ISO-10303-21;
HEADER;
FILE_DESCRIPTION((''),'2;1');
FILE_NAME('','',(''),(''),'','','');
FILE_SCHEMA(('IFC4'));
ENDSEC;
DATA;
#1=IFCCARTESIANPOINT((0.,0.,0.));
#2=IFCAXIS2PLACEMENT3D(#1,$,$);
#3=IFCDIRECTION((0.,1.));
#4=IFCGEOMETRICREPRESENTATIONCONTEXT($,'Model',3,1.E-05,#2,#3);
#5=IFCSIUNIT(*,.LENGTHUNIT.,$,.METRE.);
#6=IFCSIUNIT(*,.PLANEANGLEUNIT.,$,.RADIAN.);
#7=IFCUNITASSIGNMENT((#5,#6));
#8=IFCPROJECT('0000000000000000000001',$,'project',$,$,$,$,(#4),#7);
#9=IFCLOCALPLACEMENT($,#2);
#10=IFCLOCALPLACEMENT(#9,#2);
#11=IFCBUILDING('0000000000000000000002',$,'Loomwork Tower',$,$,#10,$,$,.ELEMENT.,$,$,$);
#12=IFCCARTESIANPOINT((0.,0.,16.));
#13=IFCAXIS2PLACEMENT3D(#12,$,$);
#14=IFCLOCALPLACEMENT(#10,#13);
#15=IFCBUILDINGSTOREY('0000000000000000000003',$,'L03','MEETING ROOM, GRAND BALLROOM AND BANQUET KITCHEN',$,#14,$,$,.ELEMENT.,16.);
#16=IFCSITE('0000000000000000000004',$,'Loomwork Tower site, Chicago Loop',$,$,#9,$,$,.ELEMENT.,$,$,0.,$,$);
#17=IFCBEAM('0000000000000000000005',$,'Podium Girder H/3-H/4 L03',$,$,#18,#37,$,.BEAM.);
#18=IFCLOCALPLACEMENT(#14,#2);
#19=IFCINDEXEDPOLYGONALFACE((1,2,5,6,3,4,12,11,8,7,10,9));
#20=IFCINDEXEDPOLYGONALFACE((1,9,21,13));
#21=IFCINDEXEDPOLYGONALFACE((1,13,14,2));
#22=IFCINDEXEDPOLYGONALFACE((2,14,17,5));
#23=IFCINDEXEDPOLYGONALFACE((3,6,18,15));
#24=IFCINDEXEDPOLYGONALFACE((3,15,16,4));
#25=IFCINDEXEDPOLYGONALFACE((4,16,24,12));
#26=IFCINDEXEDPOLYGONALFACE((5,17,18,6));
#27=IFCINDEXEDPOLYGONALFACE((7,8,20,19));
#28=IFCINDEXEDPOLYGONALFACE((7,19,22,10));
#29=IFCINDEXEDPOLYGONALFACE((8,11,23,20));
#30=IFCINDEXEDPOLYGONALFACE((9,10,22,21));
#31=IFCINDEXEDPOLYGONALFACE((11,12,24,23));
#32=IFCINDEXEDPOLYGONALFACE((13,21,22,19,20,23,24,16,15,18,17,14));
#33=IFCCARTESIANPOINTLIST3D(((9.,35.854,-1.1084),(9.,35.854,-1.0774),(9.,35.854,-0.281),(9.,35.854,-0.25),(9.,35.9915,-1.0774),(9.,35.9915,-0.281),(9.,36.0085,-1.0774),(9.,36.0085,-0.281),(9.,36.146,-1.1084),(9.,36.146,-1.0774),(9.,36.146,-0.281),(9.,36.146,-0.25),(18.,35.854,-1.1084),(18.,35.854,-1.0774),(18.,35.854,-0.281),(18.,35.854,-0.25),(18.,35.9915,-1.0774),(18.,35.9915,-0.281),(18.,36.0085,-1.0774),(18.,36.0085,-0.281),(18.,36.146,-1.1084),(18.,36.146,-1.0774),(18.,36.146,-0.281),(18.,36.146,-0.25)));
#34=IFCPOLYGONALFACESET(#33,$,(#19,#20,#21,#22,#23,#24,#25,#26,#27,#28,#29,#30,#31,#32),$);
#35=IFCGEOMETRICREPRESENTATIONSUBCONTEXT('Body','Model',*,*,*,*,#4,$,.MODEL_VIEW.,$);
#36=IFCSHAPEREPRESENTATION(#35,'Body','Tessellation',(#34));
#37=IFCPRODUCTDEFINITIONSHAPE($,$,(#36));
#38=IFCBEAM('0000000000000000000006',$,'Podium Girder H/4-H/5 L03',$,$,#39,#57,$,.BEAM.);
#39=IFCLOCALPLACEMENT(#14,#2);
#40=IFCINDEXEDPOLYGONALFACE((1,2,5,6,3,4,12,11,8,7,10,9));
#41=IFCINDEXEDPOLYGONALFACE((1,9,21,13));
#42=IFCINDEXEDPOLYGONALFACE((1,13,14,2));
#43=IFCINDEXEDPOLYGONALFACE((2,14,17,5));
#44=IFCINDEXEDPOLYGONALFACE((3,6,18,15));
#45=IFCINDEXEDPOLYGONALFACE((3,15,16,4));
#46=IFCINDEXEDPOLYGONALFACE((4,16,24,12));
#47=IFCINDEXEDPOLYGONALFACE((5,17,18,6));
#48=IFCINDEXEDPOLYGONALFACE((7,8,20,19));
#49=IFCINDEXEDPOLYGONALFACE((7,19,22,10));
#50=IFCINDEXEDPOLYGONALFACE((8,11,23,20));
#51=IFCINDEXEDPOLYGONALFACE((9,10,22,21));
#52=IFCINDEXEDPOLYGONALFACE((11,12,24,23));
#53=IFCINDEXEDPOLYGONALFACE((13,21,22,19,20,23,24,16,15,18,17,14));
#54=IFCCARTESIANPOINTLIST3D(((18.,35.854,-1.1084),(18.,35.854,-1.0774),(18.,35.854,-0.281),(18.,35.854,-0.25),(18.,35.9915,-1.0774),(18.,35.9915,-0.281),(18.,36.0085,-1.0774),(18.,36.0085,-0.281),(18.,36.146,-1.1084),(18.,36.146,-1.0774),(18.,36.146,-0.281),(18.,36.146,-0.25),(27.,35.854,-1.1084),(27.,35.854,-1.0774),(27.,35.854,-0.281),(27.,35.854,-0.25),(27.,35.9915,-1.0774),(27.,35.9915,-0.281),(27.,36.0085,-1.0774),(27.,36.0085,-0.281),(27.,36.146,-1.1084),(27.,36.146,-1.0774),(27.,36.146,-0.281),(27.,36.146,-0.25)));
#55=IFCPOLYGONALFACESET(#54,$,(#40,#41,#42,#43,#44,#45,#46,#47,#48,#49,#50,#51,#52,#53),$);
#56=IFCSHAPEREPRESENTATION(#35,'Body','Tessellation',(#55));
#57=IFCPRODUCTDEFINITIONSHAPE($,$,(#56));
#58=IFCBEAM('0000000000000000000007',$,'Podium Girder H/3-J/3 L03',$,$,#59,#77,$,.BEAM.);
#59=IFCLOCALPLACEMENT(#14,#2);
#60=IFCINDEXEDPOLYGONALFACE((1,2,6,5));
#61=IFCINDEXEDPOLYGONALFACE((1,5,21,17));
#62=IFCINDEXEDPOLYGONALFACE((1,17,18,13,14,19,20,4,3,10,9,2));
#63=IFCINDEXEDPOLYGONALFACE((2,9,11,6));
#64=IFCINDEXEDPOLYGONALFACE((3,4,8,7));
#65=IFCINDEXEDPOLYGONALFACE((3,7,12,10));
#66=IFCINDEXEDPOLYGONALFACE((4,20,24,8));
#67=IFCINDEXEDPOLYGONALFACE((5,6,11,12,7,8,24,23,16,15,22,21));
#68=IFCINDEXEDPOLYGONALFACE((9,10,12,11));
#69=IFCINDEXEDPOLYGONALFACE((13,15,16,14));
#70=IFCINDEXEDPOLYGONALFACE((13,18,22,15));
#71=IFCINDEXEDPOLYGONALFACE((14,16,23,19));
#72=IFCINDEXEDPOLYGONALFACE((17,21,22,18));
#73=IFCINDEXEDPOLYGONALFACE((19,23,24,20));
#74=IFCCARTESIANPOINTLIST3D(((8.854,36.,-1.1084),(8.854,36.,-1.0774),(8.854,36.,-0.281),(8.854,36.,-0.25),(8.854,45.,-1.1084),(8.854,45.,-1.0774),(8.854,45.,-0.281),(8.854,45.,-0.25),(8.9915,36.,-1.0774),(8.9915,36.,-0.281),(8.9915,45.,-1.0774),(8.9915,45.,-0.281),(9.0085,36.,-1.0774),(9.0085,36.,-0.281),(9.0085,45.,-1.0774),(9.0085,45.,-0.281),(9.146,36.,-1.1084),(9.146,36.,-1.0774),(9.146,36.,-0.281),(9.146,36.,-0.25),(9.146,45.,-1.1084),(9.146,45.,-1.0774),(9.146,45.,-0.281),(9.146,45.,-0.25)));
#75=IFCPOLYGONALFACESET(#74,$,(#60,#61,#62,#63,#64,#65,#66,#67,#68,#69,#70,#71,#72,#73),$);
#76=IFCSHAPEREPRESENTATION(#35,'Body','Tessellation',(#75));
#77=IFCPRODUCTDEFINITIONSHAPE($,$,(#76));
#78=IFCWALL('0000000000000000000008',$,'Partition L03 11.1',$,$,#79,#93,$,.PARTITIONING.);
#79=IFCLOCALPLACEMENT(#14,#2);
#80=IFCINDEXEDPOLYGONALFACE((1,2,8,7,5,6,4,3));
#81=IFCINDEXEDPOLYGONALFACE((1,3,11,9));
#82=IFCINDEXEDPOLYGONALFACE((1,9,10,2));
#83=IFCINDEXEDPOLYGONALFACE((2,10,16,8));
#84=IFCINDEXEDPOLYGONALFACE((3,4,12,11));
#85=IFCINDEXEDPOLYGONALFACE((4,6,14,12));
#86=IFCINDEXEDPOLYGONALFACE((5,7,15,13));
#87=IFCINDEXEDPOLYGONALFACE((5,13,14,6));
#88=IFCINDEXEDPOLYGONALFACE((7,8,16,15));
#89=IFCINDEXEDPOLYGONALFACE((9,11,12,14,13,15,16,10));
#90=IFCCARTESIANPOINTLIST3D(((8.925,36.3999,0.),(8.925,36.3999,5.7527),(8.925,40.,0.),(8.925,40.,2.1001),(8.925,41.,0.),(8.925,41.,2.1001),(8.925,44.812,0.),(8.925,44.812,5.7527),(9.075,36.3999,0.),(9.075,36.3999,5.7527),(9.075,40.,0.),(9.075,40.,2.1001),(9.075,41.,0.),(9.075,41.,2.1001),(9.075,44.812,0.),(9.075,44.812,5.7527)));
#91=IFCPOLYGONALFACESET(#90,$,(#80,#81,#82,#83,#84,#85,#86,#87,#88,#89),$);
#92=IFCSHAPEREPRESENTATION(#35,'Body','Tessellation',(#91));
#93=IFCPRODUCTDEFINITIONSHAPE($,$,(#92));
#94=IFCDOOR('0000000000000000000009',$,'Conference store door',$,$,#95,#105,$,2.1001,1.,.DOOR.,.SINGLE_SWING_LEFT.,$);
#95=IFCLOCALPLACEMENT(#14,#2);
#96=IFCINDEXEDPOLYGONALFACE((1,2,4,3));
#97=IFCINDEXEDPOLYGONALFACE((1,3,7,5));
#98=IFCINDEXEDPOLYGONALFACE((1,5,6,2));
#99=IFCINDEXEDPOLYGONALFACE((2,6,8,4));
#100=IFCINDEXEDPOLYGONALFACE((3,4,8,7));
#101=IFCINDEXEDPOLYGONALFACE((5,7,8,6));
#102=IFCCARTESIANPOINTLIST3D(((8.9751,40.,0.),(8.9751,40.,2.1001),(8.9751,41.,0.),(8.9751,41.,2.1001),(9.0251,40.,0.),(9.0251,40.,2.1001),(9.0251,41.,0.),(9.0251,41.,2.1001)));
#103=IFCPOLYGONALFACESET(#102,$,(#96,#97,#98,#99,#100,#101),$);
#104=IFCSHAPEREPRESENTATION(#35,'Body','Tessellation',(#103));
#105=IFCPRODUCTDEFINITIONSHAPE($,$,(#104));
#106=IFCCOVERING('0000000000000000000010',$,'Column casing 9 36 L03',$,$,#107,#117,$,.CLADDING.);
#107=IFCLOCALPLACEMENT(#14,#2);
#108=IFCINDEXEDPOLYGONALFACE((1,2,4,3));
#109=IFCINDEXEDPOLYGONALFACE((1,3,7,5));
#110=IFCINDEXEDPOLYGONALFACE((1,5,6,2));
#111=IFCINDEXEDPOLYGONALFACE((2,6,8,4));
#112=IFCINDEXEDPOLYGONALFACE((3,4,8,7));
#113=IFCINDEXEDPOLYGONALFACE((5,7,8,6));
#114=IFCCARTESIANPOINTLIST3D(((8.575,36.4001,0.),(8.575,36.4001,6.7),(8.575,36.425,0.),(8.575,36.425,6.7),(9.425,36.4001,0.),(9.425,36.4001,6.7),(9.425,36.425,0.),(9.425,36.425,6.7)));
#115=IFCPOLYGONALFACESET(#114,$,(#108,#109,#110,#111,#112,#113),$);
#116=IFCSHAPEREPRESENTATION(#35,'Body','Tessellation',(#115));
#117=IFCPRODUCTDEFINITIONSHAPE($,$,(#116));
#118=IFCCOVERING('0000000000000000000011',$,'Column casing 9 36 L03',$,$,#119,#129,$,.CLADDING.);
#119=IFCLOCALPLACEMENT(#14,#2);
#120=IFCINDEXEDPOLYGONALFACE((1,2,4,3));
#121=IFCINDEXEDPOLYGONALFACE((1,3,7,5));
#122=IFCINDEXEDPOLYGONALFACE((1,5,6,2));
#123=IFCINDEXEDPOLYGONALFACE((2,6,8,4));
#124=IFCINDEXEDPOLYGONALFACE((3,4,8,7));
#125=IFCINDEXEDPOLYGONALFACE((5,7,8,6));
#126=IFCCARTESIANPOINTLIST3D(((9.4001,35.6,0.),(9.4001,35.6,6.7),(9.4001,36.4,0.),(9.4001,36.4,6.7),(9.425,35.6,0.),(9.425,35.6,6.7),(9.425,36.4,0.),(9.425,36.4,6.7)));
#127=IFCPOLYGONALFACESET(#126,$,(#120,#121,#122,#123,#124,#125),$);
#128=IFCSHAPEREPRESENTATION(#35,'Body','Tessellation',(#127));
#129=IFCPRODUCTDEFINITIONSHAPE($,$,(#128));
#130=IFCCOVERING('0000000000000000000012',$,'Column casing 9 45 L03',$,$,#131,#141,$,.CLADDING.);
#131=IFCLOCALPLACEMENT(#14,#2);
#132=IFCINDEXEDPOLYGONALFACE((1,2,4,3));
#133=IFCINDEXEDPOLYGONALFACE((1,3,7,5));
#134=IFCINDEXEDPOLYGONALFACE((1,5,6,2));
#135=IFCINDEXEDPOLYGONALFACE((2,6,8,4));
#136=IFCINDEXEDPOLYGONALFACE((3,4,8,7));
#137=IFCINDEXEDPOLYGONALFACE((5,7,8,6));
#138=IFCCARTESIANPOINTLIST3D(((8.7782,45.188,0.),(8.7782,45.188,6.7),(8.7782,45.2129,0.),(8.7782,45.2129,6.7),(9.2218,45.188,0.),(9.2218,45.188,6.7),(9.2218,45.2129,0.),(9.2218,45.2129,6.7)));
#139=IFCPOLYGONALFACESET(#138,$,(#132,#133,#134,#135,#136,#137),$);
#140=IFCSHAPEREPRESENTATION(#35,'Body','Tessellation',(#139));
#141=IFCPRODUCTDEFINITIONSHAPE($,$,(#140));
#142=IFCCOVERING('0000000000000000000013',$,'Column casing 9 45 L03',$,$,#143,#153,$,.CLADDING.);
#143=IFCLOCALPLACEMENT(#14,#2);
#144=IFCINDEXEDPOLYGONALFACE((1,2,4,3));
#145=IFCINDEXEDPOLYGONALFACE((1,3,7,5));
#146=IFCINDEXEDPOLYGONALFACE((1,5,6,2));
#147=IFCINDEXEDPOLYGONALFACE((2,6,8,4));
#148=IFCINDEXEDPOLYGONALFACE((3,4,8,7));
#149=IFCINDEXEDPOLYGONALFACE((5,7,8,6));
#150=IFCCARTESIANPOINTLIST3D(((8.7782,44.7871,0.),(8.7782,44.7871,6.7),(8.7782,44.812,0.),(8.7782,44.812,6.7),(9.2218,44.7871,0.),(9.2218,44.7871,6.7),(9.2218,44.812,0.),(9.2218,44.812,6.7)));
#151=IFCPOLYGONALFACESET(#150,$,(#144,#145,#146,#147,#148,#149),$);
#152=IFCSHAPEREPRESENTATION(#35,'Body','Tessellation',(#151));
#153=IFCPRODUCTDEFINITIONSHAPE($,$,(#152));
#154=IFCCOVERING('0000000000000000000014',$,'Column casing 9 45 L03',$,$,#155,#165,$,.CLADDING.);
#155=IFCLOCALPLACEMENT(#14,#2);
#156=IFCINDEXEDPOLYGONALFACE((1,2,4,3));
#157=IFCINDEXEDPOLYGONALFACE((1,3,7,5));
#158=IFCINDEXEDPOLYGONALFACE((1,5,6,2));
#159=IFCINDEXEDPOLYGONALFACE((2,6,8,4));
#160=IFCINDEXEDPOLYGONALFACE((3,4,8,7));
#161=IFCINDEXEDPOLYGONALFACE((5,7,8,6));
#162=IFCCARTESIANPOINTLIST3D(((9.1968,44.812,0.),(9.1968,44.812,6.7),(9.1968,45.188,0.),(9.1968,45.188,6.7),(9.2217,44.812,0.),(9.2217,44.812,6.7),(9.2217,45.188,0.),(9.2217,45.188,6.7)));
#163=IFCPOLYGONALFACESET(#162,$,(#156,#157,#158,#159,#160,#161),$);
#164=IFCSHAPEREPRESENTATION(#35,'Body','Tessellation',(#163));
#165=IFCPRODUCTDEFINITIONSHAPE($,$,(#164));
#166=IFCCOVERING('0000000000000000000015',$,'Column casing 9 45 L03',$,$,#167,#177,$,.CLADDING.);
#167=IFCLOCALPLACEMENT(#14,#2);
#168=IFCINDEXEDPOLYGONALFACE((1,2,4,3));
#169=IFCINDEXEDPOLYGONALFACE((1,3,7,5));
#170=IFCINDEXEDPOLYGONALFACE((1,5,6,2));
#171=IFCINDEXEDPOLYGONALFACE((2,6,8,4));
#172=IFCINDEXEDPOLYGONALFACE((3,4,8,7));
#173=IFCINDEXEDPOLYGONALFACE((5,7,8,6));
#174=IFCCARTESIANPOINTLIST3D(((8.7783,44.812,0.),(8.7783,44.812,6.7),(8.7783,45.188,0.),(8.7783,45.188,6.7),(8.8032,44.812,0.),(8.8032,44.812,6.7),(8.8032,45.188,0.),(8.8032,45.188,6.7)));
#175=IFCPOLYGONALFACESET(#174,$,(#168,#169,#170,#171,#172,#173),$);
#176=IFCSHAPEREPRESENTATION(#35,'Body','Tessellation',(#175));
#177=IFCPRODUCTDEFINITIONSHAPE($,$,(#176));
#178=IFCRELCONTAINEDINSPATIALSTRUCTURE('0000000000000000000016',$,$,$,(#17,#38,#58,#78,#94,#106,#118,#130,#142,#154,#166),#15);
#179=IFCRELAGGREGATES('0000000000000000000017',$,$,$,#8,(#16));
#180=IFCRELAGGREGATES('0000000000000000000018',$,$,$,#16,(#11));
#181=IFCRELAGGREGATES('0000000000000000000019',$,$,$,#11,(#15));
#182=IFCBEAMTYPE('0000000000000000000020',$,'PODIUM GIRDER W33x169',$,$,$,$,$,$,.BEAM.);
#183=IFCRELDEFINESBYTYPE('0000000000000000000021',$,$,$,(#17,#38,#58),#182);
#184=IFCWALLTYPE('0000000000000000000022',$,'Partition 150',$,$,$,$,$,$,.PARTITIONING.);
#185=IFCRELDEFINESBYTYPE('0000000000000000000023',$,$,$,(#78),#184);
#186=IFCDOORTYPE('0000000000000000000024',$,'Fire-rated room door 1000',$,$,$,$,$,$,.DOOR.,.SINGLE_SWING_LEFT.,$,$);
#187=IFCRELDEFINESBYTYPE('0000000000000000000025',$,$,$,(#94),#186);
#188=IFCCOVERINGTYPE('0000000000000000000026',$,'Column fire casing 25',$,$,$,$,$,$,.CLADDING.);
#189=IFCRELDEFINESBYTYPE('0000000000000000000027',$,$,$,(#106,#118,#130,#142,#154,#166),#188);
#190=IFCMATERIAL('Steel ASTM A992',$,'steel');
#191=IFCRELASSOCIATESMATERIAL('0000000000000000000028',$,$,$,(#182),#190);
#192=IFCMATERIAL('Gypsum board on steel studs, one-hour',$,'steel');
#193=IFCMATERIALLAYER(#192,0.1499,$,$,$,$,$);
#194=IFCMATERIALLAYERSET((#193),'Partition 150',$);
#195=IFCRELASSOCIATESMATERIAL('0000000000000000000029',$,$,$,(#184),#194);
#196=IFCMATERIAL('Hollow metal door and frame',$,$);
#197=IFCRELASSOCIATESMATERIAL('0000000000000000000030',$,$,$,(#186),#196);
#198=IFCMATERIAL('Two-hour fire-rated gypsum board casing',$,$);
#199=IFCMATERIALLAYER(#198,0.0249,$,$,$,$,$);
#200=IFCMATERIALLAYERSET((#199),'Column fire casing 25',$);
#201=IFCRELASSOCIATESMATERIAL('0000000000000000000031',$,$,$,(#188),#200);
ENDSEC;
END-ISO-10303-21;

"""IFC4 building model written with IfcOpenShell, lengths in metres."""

from ifc_helpers import new_model, si_unit, direction, frame, frame_2d, origin, origin_2d, place, context, subcontext, project, spatial, rectangle, i_section, extrude, material, layer, layer_set, material_profile, profile_set, type_object, element, fill, save


model = new_model("IFC4")

# Units and contexts
model_context = context("Model", 3, precision=1e-05, world=origin(), true_north=direction((0.0, 1.0)))
body_context = subcontext(model_context, "Body", "Model", "MODEL_VIEW")
ifc_project = project(units=[si_unit("LENGTHUNIT", "METRE"), si_unit("PLANEANGLEUNIT", "RADIAN")], contexts=[model_context])

# Site, building, storey
site_placement = place(None, origin())
site = spatial("IfcSite", under=ifc_project, at=site_placement, Name="Loomwork Tower site, Chicago Loop", CompositionType="ELEMENT", RefElevation=0.0)
building_placement = place(site_placement, origin())
building = spatial("IfcBuilding", under=site, at=building_placement, Name="Loomwork Tower", CompositionType="ELEMENT")
storey_placement = place(building_placement, frame((0.0, 0.0, 16.0)))
storey = spatial("IfcBuildingStorey", under=building, at=storey_placement, Name="L03", Description="MEETING ROOM, GRAND BALLROOM AND BANQUET KITCHEN", CompositionType="ELEMENT", Elevation=16.0)

# Beams
ifc_material_1 = material(Name="Steel ASTM A992", Category="steel")
ifc_material_profile_1 = material_profile(ifc_material_1, i_section(OverallWidth=0.292, OverallDepth=0.8584, WebThickness=0.0171, FlangeThickness=0.031, at=origin_2d()), Name="W33x169")
ifc_profile_set_1 = profile_set([ifc_material_profile_1], Name="Steel ASTM A992")
beam_type_1 = type_object("IfcBeamType", Name="PODIUM GIRDER W33x169", PredefinedType="BEAM", material=ifc_profile_set_1)
for number, where, z_axis, x_axis, name in (
    (1, (9.0, 36.0, -0.6792), (1.0, 0.0, 0.0), (0.0, 1.0, 0.0), "Podium Girder H/3-H/4 L03"),
    (2, (18.0, 36.0, -0.6792), (1.0, 0.0, 0.0), (0.0, 1.0, 0.0), "Podium Girder H/4-H/5 L03"),
    (3, (9.0, 36.0, -0.6792), (0.0, 1.0, 0.0), (-1.0, 0.0, 0.0), "Podium Girder H/3-J/3 L03"),
):
    element("IfcBeam", number, at=place(storey_placement, frame(where, z_axis=z_axis, x_axis=x_axis)), inside=storey, type_object=beam_type_1, Name=name, PredefinedType="BEAM", context=body_context, shape_type="SweptSolid", body=[
        extrude(i_section(OverallWidth=0.292, OverallDepth=0.8584, WebThickness=0.0171, FlangeThickness=0.031, at=origin_2d()), origin(), (0.0, 0.0, 1.0), 9.0),
    ])

# Wall, opening, door
ifc_material_2 = material(Name="Gypsum board on steel studs, one-hour", Category="steel")
ifc_layer_1 = layer(ifc_material_2, 0.1499)
ifc_layer_set_1 = layer_set([ifc_layer_1], Name="Partition 150")
wall_type = type_object("IfcWallType", Name="Partition 150", PredefinedType="PARTITIONING", material=ifc_layer_set_1)
wall_placement = place(storey_placement, frame((9.0, 44.812, 0.0), z_axis=(0.0, 0.0, 1.0), x_axis=(0.0, -1.0, 0.0)))
wall = element("IfcWall", 4, at=wall_placement, inside=storey, type_object=wall_type, Name="Partition L03 11.1", PredefinedType="PARTITIONING", context=body_context, shape_type="SweptSolid", body=[
    extrude(rectangle(XDim=8.4121, YDim=0.1499, at=frame_2d((4.2061, 0.0))), origin(), (0.0, 0.0, 1.0), 5.7527),
])
opening_placement = place(wall_placement, frame((3.812, 0.0, 0.0)))
opening = element("IfcOpeningElement", 5, at=opening_placement, cuts=wall, PredefinedType="OPENING", context=body_context, shape_type="SweptSolid", body=[
    extrude(rectangle(XDim=1.0, YDim=2.1001, at=frame_2d((0.5, 1.05))), frame((0.0, 0.085, 0.0), z_axis=(0.0, -1.0, 0.0), x_axis=(1.0, 0.0, 0.0)), (0.0, 0.0, 1.0), 0.1699),
])
ifc_material_3 = material(Name="Hollow metal door and frame")
door_type = type_object("IfcDoorType", Name="Fire-rated room door 1000", OperationType="SINGLE_SWING_LEFT", PredefinedType="DOOR", material=ifc_material_3)
door_placement = place(opening_placement, frame((1.0, 0.0, 0.0), z_axis=(0.0, 0.0, 1.0), x_axis=(-1.0, 0.0, 0.0)))
door = element("IfcDoor", 6, at=door_placement, inside=storey, type_object=door_type, Name="Conference store door", OperationType="SINGLE_SWING_LEFT", OverallHeight=2.1001, OverallWidth=1.0, PredefinedType="DOOR", context=body_context, shape_type="SweptSolid", body=[
    extrude(rectangle(XDim=1.0, YDim=2.1001, at=frame_2d((0.5, 1.05))), frame((0.0, 0.0249, 0.0), z_axis=(0.0, -1.0, 0.0), x_axis=(1.0, 0.0, 0.0)), (0.0, 0.0, 1.0), 0.05),
])
fill(opening, door)

# Coverings
ifc_material_4 = material(Name="Two-hour fire-rated gypsum board casing")
ifc_layer_2 = layer(ifc_material_4, 0.0249)
ifc_layer_set_2 = layer_set([ifc_layer_2], Name="Column fire casing 25")
covering_type = type_object("IfcCoveringType", Name="Column fire casing 25", PredefinedType="CLADDING", material=ifc_layer_set_2)
covering_1_placement = place(storey_placement, frame((9.0, 36.4126, 0.0), z_axis=(0.0, 0.0, 1.0), x_axis=(1.0, 0.0, 0.0)))
element("IfcCovering", 7, at=covering_1_placement, inside=storey, type_object=covering_type, Name="Column casing 9 36 L03", PredefinedType="CLADDING", context=body_context, shape_type="SweptSolid", body=[
    extrude(rectangle(XDim=0.8501, YDim=0.0249, at=origin_2d()), origin(), (0.0, 0.0, 1.0), 6.7),
])
covering_2_placement = place(storey_placement, frame((9.4126, 36.0, 0.0), z_axis=(0.0, 0.0, 1.0), x_axis=(1.0, 0.0, 0.0)))
element("IfcCovering", 8, at=covering_2_placement, inside=storey, type_object=covering_type, Name="Column casing 9 36 L03", PredefinedType="CLADDING", context=body_context, shape_type="SweptSolid", body=[
    extrude(rectangle(XDim=0.0249, YDim=0.8, at=origin_2d()), origin(), (0.0, 0.0, 1.0), 6.7),
])
for number, where, z_axis, x_axis, name in (
    (9, (9.0, 45.2004, 0.0), (0.0, 0.0, 1.0), (1.0, 0.0, 0.0), "Column casing 9 45 L03"),
    (10, (9.0, 44.7996, 0.0), (0.0, 0.0, 1.0), (1.0, 0.0, 0.0), "Column casing 9 45 L03"),
):
    element("IfcCovering", number, at=place(storey_placement, frame(where, z_axis=z_axis, x_axis=x_axis)), inside=storey, type_object=covering_type, Name=name, PredefinedType="CLADDING", context=body_context, shape_type="SweptSolid", body=[
        extrude(rectangle(XDim=0.4436, YDim=0.0249, at=origin_2d()), origin(), (0.0, 0.0, 1.0), 6.7),
    ])
for number, where, z_axis, x_axis, name in (
    (11, (9.2092, 45.0, 0.0), (0.0, 0.0, 1.0), (1.0, 0.0, 0.0), "Column casing 9 45 L03"),
    (12, (8.7908, 45.0, 0.0), (0.0, 0.0, 1.0), (1.0, 0.0, 0.0), "Column casing 9 45 L03"),
):
    element("IfcCovering", number, at=place(storey_placement, frame(where, z_axis=z_axis, x_axis=x_axis)), inside=storey, type_object=covering_type, Name=name, PredefinedType="CLADDING", context=body_context, shape_type="SweptSolid", body=[
        extrude(rectangle(XDim=0.0249, YDim=0.376, at=origin_2d()), origin(), (0.0, 0.0, 1.0), 6.7),
    ])

save(model, "model.ifc")
